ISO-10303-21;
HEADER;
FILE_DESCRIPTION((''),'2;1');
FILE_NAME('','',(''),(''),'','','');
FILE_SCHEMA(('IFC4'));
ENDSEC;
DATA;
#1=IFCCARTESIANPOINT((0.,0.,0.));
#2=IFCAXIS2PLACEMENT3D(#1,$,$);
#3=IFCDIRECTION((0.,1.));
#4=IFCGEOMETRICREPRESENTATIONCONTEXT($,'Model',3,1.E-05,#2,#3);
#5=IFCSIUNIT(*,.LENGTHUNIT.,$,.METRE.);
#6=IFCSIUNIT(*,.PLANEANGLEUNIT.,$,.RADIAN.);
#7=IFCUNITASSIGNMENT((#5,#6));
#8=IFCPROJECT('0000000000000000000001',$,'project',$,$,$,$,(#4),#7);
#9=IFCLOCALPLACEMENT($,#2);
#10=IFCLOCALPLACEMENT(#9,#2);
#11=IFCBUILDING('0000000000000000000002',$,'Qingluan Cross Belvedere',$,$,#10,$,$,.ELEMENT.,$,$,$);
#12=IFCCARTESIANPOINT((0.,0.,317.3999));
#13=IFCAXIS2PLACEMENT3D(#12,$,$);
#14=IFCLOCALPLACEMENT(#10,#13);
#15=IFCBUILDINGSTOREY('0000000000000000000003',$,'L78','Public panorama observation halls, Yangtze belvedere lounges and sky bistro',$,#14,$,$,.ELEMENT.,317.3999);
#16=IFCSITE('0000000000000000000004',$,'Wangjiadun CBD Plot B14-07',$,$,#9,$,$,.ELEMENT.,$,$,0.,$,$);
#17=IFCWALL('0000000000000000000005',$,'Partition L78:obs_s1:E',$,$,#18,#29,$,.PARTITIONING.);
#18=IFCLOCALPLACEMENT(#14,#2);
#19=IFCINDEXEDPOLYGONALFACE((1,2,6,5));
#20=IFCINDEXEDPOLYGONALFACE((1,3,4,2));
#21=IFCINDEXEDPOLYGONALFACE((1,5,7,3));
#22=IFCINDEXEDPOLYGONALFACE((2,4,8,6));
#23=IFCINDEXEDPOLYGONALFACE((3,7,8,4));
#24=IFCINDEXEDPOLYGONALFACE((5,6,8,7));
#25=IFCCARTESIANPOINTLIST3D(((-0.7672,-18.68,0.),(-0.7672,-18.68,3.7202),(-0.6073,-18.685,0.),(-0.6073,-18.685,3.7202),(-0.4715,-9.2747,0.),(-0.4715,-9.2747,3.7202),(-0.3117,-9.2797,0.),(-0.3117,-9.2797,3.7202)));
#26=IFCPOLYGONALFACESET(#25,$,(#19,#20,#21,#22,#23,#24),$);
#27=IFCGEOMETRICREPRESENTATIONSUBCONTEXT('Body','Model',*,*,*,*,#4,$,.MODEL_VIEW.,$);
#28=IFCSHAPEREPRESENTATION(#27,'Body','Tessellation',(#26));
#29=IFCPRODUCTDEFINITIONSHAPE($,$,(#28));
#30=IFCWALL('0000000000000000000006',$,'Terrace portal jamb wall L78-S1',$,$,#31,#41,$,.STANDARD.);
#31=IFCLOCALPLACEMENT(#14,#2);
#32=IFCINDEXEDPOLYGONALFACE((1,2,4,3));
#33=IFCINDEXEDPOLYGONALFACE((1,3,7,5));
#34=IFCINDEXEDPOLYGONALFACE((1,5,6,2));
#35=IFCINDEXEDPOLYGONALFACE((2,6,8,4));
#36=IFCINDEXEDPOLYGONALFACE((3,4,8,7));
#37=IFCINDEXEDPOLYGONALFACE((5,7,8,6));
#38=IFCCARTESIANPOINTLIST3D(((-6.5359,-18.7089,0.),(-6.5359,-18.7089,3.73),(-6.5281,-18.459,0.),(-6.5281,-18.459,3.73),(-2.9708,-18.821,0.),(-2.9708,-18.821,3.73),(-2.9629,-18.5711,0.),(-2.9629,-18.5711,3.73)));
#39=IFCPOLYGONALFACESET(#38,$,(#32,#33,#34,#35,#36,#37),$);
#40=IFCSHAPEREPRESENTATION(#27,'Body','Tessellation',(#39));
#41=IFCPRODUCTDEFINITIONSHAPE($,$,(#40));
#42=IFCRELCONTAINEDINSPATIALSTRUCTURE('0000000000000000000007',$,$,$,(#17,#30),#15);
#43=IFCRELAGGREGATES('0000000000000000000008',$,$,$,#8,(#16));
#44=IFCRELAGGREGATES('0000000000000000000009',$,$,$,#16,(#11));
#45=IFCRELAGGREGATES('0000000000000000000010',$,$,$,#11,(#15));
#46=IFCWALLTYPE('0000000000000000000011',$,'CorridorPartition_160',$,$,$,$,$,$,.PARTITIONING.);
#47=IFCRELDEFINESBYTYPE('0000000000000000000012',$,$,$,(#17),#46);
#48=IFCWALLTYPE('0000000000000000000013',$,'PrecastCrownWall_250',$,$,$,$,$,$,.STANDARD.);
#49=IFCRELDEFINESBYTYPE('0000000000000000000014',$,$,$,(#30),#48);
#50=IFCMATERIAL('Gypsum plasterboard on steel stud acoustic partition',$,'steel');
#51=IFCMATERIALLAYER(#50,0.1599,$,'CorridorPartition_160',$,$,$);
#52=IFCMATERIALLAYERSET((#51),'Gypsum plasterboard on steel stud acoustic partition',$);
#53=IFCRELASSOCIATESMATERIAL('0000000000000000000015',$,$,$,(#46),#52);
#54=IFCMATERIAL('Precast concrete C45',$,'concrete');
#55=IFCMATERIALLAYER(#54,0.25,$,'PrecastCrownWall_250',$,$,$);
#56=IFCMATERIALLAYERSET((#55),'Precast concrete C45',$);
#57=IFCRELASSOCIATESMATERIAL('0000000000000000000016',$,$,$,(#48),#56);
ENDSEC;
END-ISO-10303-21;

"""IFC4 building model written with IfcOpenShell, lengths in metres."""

from ifc_helpers import new_model, si_unit, direction, frame, frame_2d, origin, place, context, subcontext, project, spatial, rectangle, extrude, material, layer, layer_set, type_object, element, save


model = new_model("IFC4")

# Units and contexts
model_context = context("Model", 3, precision=1e-05, world=origin(), true_north=direction((0.0, 1.0)))
body_context = subcontext(model_context, "Body", "Model", "MODEL_VIEW")
ifc_project = project(units=[si_unit("LENGTHUNIT", "METRE"), si_unit("PLANEANGLEUNIT", "RADIAN")], contexts=[model_context])

# Site, building, storey
site_placement = place(None, origin())
site = spatial("IfcSite", under=ifc_project, at=site_placement, Name="Wangjiadun CBD Plot B14-07", CompositionType="ELEMENT", RefElevation=0.0)
building_placement = place(site_placement, origin())
building = spatial("IfcBuilding", under=site, at=building_placement, Name="Qingluan Cross Belvedere", CompositionType="ELEMENT")
storey_placement = place(building_placement, frame((0.0, 0.0, 317.3999)))
storey = spatial("IfcBuildingStorey", under=building, at=storey_placement, Name="L78", Description="Public panorama observation halls, Yangtze belvedere lounges and sky bistro", CompositionType="ELEMENT", Elevation=317.3999)

# Walls
ifc_material_1 = material(Name="Gypsum plasterboard on steel stud acoustic partition", Category="steel")
ifc_layer_1 = layer(ifc_material_1, 0.1599, Name="CorridorPartition_160")
ifc_layer_set_1 = layer_set([ifc_layer_1], Name="Gypsum plasterboard on steel stud acoustic partition")
wall_type_1 = type_object("IfcWallType", Name="CorridorPartition_160", PredefinedType="PARTITIONING", material=ifc_layer_set_1)
wall_1_placement = place(storey_placement, frame((-0.6873, -18.6826, 0.0), z_axis=(0.0, 0.0, 1.0), x_axis=(0.031419, 0.999506, 0.0)))
element("IfcWall", 1, at=wall_1_placement, inside=storey, type_object=wall_type_1, Name="Partition L78:obs_s1:E", PredefinedType="PARTITIONING", context=body_context, shape_type="SweptSolid", body=[
    extrude(rectangle(XDim=9.4099, YDim=0.1599, at=frame_2d((4.7051, 0.0))), origin(), (0.0, 0.0, 1.0), 3.7202),
])
ifc_material_2 = material(Name="Precast concrete C45", Category="concrete")
ifc_layer_2 = layer(ifc_material_2, 0.25, Name="PrecastCrownWall_250")
ifc_layer_set_2 = layer_set([ifc_layer_2], Name="Precast concrete C45")
wall_type_2 = type_object("IfcWallType", Name="PrecastCrownWall_250", PredefinedType="STANDARD", material=ifc_layer_set_2)
wall_2_placement = place(storey_placement, frame((-6.532, -18.584, 0.0), z_axis=(0.0, 0.0, 1.0), x_axis=(0.999506, -0.031416, 0.0)))
element("IfcWall", 2, at=wall_2_placement, inside=storey, type_object=wall_type_2, Name="Terrace portal jamb wall L78-S1", PredefinedType="STANDARD", context=body_context, shape_type="SweptSolid", body=[
    extrude(rectangle(XDim=3.5669, YDim=0.25, at=frame_2d((1.7834, 0.0))), origin(), (0.0, 0.0, 1.0), 3.73),
])

save(model, "model.ifc")
